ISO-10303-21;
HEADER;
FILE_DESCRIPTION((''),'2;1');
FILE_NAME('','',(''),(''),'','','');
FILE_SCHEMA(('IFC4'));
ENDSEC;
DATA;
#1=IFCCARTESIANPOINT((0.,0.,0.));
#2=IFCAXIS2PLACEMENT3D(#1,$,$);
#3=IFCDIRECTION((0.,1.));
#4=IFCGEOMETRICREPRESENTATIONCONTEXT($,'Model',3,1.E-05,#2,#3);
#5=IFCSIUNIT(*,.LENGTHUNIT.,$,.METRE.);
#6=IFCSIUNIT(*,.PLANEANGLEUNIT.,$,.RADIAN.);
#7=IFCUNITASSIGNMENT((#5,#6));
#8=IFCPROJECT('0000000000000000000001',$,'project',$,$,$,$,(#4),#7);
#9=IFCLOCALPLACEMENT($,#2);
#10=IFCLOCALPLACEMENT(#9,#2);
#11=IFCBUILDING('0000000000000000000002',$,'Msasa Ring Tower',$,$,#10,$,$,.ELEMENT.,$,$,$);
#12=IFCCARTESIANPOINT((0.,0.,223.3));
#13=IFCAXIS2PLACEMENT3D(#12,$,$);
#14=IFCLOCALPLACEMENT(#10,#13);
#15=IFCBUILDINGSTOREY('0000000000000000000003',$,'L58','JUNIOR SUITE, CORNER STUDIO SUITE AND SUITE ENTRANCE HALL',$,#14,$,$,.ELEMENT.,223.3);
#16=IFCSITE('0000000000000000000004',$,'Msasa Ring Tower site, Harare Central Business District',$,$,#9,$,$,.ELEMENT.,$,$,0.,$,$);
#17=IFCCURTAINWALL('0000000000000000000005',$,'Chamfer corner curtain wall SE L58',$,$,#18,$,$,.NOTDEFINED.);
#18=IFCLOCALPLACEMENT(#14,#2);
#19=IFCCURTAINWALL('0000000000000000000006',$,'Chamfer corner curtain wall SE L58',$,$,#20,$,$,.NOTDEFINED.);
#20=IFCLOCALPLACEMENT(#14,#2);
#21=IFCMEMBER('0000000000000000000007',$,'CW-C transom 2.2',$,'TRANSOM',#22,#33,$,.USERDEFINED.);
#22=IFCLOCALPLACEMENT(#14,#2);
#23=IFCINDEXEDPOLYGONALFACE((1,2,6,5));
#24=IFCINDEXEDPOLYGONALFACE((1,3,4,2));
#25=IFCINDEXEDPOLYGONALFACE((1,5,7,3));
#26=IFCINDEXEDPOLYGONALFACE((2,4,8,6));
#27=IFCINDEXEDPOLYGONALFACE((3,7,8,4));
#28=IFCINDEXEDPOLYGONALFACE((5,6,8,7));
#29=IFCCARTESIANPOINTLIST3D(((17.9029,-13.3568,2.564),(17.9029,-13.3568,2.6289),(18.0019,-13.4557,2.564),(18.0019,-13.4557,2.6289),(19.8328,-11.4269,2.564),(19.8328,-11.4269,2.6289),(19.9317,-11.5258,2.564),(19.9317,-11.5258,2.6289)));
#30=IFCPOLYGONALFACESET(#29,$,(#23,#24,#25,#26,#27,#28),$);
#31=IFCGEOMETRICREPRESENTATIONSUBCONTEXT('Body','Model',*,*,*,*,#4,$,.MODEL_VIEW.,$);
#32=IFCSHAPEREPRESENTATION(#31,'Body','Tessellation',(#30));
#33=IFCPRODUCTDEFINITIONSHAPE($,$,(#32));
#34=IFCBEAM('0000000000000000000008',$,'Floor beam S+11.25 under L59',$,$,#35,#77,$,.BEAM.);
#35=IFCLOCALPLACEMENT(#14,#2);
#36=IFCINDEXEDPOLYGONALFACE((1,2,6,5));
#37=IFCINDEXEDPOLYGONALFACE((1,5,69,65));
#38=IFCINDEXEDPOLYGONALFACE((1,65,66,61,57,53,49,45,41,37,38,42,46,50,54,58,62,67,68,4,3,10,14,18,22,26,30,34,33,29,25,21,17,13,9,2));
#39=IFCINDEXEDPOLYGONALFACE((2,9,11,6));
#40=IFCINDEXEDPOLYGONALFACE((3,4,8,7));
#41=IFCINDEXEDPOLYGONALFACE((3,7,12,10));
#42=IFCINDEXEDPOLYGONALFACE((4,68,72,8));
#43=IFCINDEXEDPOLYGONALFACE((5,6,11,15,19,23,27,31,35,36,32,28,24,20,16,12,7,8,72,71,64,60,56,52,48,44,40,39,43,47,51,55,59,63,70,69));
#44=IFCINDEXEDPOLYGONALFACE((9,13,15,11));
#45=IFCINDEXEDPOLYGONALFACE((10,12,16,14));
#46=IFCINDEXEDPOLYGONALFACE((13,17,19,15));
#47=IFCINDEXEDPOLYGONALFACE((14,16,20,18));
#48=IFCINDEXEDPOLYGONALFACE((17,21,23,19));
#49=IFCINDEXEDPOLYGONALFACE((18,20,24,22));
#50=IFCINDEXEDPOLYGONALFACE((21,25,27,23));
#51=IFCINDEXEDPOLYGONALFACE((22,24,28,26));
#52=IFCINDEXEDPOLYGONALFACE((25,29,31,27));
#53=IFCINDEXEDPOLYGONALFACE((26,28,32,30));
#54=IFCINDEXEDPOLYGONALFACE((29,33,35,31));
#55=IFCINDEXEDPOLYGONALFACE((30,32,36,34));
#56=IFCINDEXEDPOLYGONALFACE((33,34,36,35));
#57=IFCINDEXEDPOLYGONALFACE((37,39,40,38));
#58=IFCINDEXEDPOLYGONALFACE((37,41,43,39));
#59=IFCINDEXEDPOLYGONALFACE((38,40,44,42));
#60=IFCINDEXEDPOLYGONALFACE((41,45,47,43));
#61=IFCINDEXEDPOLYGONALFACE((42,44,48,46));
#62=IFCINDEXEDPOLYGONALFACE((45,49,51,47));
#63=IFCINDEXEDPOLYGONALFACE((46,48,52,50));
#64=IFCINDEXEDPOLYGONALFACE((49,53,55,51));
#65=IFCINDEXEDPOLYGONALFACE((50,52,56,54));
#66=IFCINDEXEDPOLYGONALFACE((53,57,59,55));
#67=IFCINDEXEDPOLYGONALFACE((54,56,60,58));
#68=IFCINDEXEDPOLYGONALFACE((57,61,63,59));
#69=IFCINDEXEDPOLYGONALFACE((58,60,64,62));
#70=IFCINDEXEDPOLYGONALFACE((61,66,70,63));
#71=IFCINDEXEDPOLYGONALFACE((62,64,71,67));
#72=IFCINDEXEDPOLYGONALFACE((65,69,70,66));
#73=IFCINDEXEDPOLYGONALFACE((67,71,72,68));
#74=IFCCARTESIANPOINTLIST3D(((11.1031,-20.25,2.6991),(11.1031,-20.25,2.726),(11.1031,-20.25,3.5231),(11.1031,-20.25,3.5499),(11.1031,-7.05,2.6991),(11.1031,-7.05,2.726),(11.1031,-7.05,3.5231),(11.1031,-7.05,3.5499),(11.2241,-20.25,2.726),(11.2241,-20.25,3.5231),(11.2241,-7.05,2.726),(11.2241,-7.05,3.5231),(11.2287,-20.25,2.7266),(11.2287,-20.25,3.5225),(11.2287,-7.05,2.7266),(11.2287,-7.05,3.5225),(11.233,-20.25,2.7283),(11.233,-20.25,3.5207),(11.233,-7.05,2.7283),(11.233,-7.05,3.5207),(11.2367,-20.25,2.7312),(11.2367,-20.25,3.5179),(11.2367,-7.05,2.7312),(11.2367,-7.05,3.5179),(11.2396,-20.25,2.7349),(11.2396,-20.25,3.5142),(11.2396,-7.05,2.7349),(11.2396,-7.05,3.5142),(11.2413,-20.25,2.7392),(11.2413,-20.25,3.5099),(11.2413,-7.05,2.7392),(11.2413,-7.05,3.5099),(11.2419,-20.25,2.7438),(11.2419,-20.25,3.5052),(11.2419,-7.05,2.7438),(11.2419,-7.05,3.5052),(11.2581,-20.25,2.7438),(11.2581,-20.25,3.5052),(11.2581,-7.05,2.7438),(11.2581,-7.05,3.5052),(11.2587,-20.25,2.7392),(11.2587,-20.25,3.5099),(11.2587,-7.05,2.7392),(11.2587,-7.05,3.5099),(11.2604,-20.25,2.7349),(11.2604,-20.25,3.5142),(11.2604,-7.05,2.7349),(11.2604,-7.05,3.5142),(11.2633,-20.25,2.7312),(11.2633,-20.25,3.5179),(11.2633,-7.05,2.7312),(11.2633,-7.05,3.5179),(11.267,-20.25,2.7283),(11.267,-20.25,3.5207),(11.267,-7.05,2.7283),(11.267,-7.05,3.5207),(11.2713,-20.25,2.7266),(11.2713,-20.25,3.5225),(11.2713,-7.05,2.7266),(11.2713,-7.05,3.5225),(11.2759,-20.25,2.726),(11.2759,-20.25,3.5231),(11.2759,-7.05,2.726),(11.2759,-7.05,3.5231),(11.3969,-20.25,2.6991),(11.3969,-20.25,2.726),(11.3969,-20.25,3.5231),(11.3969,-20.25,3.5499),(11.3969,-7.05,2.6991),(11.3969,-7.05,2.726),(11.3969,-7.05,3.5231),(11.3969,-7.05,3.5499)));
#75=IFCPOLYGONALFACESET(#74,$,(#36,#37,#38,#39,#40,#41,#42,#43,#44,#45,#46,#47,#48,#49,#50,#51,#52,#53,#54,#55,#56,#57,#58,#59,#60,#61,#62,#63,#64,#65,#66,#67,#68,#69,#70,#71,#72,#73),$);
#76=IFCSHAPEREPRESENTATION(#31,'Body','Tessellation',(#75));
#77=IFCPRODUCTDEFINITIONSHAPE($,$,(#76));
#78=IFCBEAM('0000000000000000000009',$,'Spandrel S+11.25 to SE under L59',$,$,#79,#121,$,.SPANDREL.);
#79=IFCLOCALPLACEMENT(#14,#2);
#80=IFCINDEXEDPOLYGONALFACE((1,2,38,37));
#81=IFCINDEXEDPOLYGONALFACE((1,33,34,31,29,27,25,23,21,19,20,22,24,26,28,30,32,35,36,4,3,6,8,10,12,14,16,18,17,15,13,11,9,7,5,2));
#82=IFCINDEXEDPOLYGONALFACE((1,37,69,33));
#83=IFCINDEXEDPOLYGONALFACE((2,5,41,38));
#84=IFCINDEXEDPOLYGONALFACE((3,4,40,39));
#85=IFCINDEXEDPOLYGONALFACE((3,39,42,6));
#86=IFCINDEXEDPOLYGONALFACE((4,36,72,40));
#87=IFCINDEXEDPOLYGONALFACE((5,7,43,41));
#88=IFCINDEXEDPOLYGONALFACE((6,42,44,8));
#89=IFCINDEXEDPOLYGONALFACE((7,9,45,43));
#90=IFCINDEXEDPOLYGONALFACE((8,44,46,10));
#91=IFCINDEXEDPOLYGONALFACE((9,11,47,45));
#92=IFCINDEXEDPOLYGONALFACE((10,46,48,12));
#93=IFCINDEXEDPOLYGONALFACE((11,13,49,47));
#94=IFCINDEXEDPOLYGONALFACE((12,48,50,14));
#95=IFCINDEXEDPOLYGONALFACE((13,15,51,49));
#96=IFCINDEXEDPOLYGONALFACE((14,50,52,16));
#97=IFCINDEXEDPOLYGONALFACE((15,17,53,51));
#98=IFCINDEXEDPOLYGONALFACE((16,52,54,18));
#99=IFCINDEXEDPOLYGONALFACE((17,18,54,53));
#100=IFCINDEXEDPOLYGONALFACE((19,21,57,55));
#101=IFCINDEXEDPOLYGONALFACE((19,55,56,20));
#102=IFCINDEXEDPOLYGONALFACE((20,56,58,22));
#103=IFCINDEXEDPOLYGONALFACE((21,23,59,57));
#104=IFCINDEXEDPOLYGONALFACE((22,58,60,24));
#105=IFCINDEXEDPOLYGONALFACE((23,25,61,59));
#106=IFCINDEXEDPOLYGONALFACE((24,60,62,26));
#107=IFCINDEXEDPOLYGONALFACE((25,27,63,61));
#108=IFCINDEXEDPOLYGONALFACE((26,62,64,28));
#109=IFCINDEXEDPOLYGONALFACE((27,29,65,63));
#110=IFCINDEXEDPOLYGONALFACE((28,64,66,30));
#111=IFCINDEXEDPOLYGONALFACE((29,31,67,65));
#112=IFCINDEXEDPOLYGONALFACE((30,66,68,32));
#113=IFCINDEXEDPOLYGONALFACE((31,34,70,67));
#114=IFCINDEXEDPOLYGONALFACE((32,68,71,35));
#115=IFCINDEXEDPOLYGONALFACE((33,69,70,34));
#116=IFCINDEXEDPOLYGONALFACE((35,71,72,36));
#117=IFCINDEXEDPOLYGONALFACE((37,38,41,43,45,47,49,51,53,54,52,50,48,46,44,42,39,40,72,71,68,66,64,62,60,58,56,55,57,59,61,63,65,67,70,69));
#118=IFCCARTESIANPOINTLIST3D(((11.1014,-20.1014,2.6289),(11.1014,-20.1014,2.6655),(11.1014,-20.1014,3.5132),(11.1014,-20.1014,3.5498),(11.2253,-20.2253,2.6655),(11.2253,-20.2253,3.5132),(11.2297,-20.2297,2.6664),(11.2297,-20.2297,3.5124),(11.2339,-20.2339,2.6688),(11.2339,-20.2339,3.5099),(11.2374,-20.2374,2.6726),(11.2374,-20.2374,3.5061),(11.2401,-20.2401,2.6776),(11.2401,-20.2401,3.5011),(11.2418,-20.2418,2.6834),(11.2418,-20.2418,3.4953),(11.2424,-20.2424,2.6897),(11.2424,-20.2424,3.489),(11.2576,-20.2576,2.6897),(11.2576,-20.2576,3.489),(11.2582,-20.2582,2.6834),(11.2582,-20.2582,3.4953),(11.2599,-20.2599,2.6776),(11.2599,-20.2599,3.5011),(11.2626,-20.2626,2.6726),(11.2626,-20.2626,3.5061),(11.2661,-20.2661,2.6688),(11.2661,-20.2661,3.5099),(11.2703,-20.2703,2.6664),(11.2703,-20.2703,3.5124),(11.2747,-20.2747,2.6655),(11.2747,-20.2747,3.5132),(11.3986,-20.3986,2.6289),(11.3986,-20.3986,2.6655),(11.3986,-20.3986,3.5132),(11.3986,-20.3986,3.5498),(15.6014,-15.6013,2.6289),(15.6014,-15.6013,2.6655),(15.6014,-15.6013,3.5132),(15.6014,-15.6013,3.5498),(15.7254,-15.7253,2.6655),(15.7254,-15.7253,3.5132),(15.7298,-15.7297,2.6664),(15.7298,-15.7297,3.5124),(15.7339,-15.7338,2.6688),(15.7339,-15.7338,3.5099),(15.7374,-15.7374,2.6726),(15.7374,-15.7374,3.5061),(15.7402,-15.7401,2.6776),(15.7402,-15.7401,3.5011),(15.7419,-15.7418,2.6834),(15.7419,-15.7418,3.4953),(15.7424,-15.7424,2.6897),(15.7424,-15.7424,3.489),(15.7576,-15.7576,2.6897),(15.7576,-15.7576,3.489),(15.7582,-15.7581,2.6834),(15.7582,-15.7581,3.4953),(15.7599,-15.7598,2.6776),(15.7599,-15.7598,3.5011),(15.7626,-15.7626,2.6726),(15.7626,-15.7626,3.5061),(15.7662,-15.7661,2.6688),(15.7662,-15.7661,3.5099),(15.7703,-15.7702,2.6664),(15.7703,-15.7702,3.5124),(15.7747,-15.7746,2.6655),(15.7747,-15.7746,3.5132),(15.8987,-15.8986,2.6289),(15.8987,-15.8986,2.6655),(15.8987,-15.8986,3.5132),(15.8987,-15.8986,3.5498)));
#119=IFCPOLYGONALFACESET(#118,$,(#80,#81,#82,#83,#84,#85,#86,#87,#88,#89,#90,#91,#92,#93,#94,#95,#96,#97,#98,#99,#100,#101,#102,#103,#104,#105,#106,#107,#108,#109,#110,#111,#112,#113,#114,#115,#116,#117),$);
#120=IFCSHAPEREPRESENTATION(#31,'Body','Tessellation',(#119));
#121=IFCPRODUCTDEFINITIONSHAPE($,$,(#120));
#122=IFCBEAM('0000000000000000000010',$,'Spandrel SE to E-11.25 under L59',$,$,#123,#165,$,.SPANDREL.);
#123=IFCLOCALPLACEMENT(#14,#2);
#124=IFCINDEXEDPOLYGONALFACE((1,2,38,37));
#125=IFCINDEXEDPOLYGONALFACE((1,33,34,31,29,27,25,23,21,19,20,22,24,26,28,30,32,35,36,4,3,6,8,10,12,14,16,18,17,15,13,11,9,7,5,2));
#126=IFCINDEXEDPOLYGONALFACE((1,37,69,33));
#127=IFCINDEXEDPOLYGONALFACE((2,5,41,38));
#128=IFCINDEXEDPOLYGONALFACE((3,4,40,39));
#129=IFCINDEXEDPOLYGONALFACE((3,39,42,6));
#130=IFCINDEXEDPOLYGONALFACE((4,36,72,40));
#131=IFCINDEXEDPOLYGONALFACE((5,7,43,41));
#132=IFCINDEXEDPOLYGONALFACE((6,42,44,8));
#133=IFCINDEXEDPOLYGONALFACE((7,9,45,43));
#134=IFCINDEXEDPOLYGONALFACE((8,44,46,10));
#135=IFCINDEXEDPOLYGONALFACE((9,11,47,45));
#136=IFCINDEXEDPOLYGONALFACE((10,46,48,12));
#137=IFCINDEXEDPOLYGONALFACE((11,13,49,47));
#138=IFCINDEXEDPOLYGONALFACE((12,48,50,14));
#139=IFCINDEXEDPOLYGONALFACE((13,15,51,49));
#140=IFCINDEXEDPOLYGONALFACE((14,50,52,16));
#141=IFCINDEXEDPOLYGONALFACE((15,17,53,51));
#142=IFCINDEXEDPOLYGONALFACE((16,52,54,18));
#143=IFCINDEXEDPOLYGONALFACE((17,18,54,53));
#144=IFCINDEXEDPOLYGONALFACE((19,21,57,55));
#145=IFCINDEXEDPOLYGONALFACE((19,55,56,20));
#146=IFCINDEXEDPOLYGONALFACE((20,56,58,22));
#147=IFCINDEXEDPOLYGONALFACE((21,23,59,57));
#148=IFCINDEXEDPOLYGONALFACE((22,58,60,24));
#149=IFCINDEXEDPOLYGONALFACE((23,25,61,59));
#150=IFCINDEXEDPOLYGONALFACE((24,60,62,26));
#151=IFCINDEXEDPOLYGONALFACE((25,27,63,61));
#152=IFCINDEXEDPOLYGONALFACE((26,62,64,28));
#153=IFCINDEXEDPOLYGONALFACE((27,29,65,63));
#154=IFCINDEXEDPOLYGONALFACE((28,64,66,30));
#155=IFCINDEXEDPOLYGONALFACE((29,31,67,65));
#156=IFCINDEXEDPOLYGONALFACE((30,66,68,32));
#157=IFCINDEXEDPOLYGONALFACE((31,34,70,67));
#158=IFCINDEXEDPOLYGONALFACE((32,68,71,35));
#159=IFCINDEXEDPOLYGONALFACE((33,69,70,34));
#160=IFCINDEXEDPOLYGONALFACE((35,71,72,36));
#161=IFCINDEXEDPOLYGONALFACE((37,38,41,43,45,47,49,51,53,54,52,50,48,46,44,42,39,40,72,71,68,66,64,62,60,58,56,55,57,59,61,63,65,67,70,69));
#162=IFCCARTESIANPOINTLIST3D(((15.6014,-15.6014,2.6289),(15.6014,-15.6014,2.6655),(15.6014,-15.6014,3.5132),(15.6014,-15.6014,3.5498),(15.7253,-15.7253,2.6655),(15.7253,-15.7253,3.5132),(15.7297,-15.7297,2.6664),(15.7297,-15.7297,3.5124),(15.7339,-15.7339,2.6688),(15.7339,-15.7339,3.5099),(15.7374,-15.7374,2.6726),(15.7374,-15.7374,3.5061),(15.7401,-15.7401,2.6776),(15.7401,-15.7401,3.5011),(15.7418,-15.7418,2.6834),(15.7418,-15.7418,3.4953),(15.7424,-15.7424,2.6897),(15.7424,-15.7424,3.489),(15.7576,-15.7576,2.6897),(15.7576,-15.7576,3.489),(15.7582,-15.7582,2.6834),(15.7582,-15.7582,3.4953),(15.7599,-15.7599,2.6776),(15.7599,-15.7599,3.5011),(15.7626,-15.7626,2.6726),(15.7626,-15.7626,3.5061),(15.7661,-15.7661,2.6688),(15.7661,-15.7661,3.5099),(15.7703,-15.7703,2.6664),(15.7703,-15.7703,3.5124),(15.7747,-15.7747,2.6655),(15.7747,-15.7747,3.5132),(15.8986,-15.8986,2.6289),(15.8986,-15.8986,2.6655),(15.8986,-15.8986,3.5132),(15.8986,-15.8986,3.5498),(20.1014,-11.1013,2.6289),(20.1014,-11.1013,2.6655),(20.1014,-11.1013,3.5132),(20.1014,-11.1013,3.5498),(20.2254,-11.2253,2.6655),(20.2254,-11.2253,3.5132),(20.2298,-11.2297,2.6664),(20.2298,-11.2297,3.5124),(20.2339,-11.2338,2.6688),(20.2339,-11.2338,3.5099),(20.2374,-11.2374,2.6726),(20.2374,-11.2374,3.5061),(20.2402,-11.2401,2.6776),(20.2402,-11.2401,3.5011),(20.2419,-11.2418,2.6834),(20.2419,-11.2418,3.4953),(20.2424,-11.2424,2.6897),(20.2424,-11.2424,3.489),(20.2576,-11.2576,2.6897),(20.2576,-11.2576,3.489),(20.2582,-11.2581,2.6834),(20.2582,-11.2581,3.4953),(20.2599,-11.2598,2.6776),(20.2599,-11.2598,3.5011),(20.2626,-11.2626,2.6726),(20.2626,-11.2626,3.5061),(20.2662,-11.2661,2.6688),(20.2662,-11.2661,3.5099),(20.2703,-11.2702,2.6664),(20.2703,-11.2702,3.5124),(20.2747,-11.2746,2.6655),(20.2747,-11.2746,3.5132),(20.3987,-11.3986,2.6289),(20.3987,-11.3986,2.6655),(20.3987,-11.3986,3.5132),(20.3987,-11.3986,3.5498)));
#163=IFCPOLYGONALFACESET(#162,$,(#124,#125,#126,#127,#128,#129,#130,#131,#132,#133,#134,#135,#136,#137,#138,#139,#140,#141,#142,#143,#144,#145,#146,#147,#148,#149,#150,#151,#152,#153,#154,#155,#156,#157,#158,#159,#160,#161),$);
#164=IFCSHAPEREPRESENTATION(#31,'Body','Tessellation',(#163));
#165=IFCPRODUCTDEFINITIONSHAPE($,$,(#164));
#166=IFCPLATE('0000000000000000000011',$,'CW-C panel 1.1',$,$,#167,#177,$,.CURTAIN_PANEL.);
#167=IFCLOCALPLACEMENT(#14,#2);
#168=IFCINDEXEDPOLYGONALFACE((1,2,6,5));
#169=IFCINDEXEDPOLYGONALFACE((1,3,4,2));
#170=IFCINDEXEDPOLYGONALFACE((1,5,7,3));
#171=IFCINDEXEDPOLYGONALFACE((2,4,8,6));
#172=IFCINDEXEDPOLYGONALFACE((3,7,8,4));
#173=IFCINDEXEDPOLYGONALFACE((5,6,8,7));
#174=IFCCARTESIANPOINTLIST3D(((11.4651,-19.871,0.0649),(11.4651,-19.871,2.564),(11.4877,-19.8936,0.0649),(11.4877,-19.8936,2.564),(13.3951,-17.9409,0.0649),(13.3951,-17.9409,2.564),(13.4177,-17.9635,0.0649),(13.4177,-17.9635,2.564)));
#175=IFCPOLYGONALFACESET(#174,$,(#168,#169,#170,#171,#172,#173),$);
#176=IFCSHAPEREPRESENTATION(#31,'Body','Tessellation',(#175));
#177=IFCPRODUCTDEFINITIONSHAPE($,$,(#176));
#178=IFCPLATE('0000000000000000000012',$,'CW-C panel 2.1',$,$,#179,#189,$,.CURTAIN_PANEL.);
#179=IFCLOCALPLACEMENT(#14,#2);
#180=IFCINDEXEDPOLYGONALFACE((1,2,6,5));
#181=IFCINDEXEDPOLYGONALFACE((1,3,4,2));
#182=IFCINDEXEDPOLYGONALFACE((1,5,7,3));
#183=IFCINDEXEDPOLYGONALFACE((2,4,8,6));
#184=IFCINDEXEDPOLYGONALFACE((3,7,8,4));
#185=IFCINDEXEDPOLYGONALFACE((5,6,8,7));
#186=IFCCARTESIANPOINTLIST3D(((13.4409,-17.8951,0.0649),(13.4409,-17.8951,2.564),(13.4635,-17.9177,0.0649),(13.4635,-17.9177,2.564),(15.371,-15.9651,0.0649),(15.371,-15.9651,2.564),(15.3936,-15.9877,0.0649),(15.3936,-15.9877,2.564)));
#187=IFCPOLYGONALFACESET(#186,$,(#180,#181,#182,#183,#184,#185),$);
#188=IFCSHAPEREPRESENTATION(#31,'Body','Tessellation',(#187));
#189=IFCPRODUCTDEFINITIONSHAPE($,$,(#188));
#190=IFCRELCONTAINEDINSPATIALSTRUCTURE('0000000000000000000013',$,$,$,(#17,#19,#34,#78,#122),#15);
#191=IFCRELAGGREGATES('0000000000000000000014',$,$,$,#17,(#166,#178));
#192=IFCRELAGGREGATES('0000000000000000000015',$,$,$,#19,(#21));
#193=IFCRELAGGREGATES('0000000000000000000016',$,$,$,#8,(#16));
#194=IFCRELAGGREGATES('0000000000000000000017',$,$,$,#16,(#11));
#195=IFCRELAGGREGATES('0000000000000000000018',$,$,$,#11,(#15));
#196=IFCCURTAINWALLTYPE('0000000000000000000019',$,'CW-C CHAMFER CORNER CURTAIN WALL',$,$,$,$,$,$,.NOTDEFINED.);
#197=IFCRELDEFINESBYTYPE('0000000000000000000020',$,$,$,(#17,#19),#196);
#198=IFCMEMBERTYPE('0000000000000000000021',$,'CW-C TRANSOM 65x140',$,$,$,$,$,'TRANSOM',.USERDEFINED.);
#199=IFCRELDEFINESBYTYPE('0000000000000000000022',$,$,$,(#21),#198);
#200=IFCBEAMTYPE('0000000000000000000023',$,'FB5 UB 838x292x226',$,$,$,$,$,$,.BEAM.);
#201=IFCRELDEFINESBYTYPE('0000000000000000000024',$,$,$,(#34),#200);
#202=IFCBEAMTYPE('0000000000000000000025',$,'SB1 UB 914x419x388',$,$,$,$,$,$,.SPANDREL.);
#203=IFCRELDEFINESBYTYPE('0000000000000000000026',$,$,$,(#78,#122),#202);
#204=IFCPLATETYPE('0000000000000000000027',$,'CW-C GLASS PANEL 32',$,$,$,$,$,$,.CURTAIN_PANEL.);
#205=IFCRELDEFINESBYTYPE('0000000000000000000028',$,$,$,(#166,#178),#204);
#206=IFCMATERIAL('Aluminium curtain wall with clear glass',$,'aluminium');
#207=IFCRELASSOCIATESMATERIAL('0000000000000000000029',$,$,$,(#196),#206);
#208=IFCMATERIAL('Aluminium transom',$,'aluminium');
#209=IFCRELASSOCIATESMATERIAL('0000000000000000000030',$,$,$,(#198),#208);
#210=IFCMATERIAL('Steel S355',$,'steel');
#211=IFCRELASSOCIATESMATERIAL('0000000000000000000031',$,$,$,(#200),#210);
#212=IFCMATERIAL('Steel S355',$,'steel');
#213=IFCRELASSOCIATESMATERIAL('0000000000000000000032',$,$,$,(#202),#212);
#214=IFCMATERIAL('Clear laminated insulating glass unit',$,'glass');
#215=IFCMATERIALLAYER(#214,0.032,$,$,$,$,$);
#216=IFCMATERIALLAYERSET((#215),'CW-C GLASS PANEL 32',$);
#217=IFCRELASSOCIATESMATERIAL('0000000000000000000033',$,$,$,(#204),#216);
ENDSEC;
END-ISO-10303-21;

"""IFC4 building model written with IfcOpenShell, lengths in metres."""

from ifc_helpers import new_model, si_unit, direction, frame, origin, origin_2d, place, context, subcontext, project, spatial, rectangle, i_section, extrude, material, layer, layer_set, material_profile, profile_set, type_object, element, aggregate, save


model = new_model("IFC4")

# Units and contexts
model_context = context("Model", 3, precision=1e-05, world=origin(), true_north=direction((0.0, 1.0)))
body_context = subcontext(model_context, "Body", "Model", "MODEL_VIEW")
ifc_project = project(units=[si_unit("LENGTHUNIT", "METRE"), si_unit("PLANEANGLEUNIT", "RADIAN")], contexts=[model_context])

# Site, building, storey
site_placement = place(None, origin())
site = spatial("IfcSite", under=ifc_project, at=site_placement, Name="Msasa Ring Tower site, Harare Central Business District", CompositionType="ELEMENT", RefElevation=0.0)
building_placement = place(site_placement, origin())
building = spatial("IfcBuilding", under=site, at=building_placement, Name="Msasa Ring Tower", CompositionType="ELEMENT")
storey_placement = place(building_placement, frame((0.0, 0.0, 223.3)))
storey = spatial("IfcBuildingStorey", under=building, at=storey_placement, Name="L58", Description="JUNIOR SUITE, CORNER STUDIO SUITE AND SUITE ENTRANCE HALL", CompositionType="ELEMENT", Elevation=223.3)

# Curtain walls
ifc_material_1 = material(Name="Aluminium curtain wall with clear glass", Category="aluminium")
curtain_wall_type = type_object("IfcCurtainWallType", Name="CW-C CHAMFER CORNER CURTAIN WALL", PredefinedType="NOTDEFINED", material=ifc_material_1)
curtain_wall_1_placement = place(storey_placement, origin())
curtain_wall_1 = element("IfcCurtainWall", 1, at=curtain_wall_1_placement, inside=storey, type_object=curtain_wall_type, Name="Chamfer corner curtain wall SE L58", PredefinedType="NOTDEFINED")
curtain_wall_2_placement = place(storey_placement, origin())
curtain_wall_2 = element("IfcCurtainWall", 2, at=curtain_wall_2_placement, inside=storey, type_object=curtain_wall_type, Name="Chamfer corner curtain wall SE L58", PredefinedType="NOTDEFINED")

# Member
ifc_material_2 = material(Name="Aluminium transom", Category="aluminium")
ifc_material_profile_1 = material_profile(ifc_material_2, rectangle(XDim=0.1399, YDim=0.0649, at=origin_2d()), Name="AL 65x140")
ifc_profile_set_1 = profile_set([ifc_material_profile_1], Name="Aluminium transom")
member_type_1 = type_object("IfcMemberType", Name="CW-C TRANSOM 65x140", ElementType="TRANSOM", PredefinedType="USERDEFINED", material=ifc_profile_set_1)
member_1_placement = place(storey_placement, frame((17.9524, -13.4062, 2.5964), z_axis=(0.707107, 0.707107, 0.0), x_axis=(-0.707107, 0.707107, 0.0)))
member_1 = element("IfcMember", 3, at=member_1_placement, type_object=member_type_1, Name="CW-C transom 2.2", ObjectType="TRANSOM", PredefinedType="USERDEFINED", context=body_context, shape_type="SweptSolid", body=[
    extrude(rectangle(XDim=0.1399, YDim=0.0649, at=origin_2d()), origin(), (0.0, 0.0, 1.0), 2.7292),
])

# Beams
ifc_material_3 = material(Name="Steel S355", Category="steel")
ifc_material_profile_2 = material_profile(ifc_material_3, i_section(OverallWidth=0.2937, OverallDepth=0.8508, WebThickness=0.0161, FlangeThickness=0.0269, FilletRadius=0.0178, at=origin_2d()), Name="UB 838x292x226")
ifc_profile_set_2 = profile_set([ifc_material_profile_2], Name="Steel S355")
beam_type_1 = type_object("IfcBeamType", Name="FB5 UB 838x292x226", PredefinedType="BEAM", material=ifc_profile_set_2)
beam_placement = place(storey_placement, frame((11.25, -20.25, 3.1245), z_axis=(0.0, 1.0, 0.0), x_axis=(-1.0, 0.0, 0.0)))
element("IfcBeam", 4, at=beam_placement, inside=storey, type_object=beam_type_1, Name="Floor beam S+11.25 under L59", PredefinedType="BEAM", context=body_context, shape_type="SweptSolid", body=[
    extrude(i_section(OverallWidth=0.2937, OverallDepth=0.8508, WebThickness=0.0161, FlangeThickness=0.0269, FilletRadius=0.0178, at=origin_2d()), origin(), (0.0, 0.0, 1.0), 13.2),
])
ifc_material_4 = material(Name="Steel S355", Category="steel")
ifc_material_profile_3 = material_profile(ifc_material_4, i_section(OverallWidth=0.4204, OverallDepth=0.9209, WebThickness=0.0215, FlangeThickness=0.0366, FilletRadius=0.0242, at=origin_2d()), Name="UB 914x419x388")
ifc_profile_set_3 = profile_set([ifc_material_profile_3], Name="Steel S355")
beam_type_2 = type_object("IfcBeamType", Name="SB1 UB 914x419x388", PredefinedType="SPANDREL", material=ifc_profile_set_3)
for number, where, z_axis, x_axis, name in (
    (5, (11.25, -20.25, 3.0894), (0.707107, 0.707107, 0.0), (-0.707107, 0.707107, 0.0), "Spandrel S+11.25 to SE under L59"),
    (6, (15.75, -15.75, 3.0894), (0.707107, 0.707107, 0.0), (-0.707107, 0.707107, 0.0), "Spandrel SE to E-11.25 under L59"),
):
    element("IfcBeam", number, at=place(storey_placement, frame(where, z_axis=z_axis, x_axis=x_axis)), inside=storey, type_object=beam_type_2, Name=name, PredefinedType="SPANDREL", context=body_context, shape_type="SweptSolid", body=[
        extrude(i_section(OverallWidth=0.4204, OverallDepth=0.9209, WebThickness=0.0215, FlangeThickness=0.0366, FilletRadius=0.0242, at=origin_2d()), origin(), (0.0, 0.0, 1.0), 6.364),
    ])

# Plates
ifc_material_5 = material(Name="Clear laminated insulating glass unit", Category="glass")
ifc_layer_1 = layer(ifc_material_5, 0.032)
ifc_layer_set_1 = layer_set([ifc_layer_1], Name="CW-C GLASS PANEL 32")
plate_type = type_object("IfcPlateType", Name="CW-C GLASS PANEL 32", PredefinedType="CURTAIN_PANEL", material=ifc_layer_set_1)
plate_1_placement = place(storey_placement, frame((12.4414, -18.9172, 0.0649), z_axis=(0.0, 0.0, 1.0), x_axis=(0.707107, 0.707107, 0.0)))
plate_1 = element("IfcPlate", 7, at=plate_1_placement, type_object=plate_type, Name="CW-C panel 1.1", PredefinedType="CURTAIN_PANEL", context=body_context, shape_type="SweptSolid", body=[
    extrude(rectangle(XDim=2.7295, YDim=0.032, at=origin_2d()), origin(), (0.0, 0.0, 1.0), 2.499),
])
plate_2_placement = place(storey_placement, frame((14.4172, -16.9414, 0.0649), z_axis=(0.0, 0.0, 1.0), x_axis=(0.707107, 0.707107, 0.0)))
plate_2 = element("IfcPlate", 8, at=plate_2_placement, type_object=plate_type, Name="CW-C panel 2.1", PredefinedType="CURTAIN_PANEL", context=body_context, shape_type="SweptSolid", body=[
    extrude(rectangle(XDim=2.7295, YDim=0.032, at=origin_2d()), origin(), (0.0, 0.0, 1.0), 2.499),
])
aggregate(curtain_wall_1, [plate_1, plate_2])
aggregate(curtain_wall_2, [member_1])

save(model, "model.ifc")
